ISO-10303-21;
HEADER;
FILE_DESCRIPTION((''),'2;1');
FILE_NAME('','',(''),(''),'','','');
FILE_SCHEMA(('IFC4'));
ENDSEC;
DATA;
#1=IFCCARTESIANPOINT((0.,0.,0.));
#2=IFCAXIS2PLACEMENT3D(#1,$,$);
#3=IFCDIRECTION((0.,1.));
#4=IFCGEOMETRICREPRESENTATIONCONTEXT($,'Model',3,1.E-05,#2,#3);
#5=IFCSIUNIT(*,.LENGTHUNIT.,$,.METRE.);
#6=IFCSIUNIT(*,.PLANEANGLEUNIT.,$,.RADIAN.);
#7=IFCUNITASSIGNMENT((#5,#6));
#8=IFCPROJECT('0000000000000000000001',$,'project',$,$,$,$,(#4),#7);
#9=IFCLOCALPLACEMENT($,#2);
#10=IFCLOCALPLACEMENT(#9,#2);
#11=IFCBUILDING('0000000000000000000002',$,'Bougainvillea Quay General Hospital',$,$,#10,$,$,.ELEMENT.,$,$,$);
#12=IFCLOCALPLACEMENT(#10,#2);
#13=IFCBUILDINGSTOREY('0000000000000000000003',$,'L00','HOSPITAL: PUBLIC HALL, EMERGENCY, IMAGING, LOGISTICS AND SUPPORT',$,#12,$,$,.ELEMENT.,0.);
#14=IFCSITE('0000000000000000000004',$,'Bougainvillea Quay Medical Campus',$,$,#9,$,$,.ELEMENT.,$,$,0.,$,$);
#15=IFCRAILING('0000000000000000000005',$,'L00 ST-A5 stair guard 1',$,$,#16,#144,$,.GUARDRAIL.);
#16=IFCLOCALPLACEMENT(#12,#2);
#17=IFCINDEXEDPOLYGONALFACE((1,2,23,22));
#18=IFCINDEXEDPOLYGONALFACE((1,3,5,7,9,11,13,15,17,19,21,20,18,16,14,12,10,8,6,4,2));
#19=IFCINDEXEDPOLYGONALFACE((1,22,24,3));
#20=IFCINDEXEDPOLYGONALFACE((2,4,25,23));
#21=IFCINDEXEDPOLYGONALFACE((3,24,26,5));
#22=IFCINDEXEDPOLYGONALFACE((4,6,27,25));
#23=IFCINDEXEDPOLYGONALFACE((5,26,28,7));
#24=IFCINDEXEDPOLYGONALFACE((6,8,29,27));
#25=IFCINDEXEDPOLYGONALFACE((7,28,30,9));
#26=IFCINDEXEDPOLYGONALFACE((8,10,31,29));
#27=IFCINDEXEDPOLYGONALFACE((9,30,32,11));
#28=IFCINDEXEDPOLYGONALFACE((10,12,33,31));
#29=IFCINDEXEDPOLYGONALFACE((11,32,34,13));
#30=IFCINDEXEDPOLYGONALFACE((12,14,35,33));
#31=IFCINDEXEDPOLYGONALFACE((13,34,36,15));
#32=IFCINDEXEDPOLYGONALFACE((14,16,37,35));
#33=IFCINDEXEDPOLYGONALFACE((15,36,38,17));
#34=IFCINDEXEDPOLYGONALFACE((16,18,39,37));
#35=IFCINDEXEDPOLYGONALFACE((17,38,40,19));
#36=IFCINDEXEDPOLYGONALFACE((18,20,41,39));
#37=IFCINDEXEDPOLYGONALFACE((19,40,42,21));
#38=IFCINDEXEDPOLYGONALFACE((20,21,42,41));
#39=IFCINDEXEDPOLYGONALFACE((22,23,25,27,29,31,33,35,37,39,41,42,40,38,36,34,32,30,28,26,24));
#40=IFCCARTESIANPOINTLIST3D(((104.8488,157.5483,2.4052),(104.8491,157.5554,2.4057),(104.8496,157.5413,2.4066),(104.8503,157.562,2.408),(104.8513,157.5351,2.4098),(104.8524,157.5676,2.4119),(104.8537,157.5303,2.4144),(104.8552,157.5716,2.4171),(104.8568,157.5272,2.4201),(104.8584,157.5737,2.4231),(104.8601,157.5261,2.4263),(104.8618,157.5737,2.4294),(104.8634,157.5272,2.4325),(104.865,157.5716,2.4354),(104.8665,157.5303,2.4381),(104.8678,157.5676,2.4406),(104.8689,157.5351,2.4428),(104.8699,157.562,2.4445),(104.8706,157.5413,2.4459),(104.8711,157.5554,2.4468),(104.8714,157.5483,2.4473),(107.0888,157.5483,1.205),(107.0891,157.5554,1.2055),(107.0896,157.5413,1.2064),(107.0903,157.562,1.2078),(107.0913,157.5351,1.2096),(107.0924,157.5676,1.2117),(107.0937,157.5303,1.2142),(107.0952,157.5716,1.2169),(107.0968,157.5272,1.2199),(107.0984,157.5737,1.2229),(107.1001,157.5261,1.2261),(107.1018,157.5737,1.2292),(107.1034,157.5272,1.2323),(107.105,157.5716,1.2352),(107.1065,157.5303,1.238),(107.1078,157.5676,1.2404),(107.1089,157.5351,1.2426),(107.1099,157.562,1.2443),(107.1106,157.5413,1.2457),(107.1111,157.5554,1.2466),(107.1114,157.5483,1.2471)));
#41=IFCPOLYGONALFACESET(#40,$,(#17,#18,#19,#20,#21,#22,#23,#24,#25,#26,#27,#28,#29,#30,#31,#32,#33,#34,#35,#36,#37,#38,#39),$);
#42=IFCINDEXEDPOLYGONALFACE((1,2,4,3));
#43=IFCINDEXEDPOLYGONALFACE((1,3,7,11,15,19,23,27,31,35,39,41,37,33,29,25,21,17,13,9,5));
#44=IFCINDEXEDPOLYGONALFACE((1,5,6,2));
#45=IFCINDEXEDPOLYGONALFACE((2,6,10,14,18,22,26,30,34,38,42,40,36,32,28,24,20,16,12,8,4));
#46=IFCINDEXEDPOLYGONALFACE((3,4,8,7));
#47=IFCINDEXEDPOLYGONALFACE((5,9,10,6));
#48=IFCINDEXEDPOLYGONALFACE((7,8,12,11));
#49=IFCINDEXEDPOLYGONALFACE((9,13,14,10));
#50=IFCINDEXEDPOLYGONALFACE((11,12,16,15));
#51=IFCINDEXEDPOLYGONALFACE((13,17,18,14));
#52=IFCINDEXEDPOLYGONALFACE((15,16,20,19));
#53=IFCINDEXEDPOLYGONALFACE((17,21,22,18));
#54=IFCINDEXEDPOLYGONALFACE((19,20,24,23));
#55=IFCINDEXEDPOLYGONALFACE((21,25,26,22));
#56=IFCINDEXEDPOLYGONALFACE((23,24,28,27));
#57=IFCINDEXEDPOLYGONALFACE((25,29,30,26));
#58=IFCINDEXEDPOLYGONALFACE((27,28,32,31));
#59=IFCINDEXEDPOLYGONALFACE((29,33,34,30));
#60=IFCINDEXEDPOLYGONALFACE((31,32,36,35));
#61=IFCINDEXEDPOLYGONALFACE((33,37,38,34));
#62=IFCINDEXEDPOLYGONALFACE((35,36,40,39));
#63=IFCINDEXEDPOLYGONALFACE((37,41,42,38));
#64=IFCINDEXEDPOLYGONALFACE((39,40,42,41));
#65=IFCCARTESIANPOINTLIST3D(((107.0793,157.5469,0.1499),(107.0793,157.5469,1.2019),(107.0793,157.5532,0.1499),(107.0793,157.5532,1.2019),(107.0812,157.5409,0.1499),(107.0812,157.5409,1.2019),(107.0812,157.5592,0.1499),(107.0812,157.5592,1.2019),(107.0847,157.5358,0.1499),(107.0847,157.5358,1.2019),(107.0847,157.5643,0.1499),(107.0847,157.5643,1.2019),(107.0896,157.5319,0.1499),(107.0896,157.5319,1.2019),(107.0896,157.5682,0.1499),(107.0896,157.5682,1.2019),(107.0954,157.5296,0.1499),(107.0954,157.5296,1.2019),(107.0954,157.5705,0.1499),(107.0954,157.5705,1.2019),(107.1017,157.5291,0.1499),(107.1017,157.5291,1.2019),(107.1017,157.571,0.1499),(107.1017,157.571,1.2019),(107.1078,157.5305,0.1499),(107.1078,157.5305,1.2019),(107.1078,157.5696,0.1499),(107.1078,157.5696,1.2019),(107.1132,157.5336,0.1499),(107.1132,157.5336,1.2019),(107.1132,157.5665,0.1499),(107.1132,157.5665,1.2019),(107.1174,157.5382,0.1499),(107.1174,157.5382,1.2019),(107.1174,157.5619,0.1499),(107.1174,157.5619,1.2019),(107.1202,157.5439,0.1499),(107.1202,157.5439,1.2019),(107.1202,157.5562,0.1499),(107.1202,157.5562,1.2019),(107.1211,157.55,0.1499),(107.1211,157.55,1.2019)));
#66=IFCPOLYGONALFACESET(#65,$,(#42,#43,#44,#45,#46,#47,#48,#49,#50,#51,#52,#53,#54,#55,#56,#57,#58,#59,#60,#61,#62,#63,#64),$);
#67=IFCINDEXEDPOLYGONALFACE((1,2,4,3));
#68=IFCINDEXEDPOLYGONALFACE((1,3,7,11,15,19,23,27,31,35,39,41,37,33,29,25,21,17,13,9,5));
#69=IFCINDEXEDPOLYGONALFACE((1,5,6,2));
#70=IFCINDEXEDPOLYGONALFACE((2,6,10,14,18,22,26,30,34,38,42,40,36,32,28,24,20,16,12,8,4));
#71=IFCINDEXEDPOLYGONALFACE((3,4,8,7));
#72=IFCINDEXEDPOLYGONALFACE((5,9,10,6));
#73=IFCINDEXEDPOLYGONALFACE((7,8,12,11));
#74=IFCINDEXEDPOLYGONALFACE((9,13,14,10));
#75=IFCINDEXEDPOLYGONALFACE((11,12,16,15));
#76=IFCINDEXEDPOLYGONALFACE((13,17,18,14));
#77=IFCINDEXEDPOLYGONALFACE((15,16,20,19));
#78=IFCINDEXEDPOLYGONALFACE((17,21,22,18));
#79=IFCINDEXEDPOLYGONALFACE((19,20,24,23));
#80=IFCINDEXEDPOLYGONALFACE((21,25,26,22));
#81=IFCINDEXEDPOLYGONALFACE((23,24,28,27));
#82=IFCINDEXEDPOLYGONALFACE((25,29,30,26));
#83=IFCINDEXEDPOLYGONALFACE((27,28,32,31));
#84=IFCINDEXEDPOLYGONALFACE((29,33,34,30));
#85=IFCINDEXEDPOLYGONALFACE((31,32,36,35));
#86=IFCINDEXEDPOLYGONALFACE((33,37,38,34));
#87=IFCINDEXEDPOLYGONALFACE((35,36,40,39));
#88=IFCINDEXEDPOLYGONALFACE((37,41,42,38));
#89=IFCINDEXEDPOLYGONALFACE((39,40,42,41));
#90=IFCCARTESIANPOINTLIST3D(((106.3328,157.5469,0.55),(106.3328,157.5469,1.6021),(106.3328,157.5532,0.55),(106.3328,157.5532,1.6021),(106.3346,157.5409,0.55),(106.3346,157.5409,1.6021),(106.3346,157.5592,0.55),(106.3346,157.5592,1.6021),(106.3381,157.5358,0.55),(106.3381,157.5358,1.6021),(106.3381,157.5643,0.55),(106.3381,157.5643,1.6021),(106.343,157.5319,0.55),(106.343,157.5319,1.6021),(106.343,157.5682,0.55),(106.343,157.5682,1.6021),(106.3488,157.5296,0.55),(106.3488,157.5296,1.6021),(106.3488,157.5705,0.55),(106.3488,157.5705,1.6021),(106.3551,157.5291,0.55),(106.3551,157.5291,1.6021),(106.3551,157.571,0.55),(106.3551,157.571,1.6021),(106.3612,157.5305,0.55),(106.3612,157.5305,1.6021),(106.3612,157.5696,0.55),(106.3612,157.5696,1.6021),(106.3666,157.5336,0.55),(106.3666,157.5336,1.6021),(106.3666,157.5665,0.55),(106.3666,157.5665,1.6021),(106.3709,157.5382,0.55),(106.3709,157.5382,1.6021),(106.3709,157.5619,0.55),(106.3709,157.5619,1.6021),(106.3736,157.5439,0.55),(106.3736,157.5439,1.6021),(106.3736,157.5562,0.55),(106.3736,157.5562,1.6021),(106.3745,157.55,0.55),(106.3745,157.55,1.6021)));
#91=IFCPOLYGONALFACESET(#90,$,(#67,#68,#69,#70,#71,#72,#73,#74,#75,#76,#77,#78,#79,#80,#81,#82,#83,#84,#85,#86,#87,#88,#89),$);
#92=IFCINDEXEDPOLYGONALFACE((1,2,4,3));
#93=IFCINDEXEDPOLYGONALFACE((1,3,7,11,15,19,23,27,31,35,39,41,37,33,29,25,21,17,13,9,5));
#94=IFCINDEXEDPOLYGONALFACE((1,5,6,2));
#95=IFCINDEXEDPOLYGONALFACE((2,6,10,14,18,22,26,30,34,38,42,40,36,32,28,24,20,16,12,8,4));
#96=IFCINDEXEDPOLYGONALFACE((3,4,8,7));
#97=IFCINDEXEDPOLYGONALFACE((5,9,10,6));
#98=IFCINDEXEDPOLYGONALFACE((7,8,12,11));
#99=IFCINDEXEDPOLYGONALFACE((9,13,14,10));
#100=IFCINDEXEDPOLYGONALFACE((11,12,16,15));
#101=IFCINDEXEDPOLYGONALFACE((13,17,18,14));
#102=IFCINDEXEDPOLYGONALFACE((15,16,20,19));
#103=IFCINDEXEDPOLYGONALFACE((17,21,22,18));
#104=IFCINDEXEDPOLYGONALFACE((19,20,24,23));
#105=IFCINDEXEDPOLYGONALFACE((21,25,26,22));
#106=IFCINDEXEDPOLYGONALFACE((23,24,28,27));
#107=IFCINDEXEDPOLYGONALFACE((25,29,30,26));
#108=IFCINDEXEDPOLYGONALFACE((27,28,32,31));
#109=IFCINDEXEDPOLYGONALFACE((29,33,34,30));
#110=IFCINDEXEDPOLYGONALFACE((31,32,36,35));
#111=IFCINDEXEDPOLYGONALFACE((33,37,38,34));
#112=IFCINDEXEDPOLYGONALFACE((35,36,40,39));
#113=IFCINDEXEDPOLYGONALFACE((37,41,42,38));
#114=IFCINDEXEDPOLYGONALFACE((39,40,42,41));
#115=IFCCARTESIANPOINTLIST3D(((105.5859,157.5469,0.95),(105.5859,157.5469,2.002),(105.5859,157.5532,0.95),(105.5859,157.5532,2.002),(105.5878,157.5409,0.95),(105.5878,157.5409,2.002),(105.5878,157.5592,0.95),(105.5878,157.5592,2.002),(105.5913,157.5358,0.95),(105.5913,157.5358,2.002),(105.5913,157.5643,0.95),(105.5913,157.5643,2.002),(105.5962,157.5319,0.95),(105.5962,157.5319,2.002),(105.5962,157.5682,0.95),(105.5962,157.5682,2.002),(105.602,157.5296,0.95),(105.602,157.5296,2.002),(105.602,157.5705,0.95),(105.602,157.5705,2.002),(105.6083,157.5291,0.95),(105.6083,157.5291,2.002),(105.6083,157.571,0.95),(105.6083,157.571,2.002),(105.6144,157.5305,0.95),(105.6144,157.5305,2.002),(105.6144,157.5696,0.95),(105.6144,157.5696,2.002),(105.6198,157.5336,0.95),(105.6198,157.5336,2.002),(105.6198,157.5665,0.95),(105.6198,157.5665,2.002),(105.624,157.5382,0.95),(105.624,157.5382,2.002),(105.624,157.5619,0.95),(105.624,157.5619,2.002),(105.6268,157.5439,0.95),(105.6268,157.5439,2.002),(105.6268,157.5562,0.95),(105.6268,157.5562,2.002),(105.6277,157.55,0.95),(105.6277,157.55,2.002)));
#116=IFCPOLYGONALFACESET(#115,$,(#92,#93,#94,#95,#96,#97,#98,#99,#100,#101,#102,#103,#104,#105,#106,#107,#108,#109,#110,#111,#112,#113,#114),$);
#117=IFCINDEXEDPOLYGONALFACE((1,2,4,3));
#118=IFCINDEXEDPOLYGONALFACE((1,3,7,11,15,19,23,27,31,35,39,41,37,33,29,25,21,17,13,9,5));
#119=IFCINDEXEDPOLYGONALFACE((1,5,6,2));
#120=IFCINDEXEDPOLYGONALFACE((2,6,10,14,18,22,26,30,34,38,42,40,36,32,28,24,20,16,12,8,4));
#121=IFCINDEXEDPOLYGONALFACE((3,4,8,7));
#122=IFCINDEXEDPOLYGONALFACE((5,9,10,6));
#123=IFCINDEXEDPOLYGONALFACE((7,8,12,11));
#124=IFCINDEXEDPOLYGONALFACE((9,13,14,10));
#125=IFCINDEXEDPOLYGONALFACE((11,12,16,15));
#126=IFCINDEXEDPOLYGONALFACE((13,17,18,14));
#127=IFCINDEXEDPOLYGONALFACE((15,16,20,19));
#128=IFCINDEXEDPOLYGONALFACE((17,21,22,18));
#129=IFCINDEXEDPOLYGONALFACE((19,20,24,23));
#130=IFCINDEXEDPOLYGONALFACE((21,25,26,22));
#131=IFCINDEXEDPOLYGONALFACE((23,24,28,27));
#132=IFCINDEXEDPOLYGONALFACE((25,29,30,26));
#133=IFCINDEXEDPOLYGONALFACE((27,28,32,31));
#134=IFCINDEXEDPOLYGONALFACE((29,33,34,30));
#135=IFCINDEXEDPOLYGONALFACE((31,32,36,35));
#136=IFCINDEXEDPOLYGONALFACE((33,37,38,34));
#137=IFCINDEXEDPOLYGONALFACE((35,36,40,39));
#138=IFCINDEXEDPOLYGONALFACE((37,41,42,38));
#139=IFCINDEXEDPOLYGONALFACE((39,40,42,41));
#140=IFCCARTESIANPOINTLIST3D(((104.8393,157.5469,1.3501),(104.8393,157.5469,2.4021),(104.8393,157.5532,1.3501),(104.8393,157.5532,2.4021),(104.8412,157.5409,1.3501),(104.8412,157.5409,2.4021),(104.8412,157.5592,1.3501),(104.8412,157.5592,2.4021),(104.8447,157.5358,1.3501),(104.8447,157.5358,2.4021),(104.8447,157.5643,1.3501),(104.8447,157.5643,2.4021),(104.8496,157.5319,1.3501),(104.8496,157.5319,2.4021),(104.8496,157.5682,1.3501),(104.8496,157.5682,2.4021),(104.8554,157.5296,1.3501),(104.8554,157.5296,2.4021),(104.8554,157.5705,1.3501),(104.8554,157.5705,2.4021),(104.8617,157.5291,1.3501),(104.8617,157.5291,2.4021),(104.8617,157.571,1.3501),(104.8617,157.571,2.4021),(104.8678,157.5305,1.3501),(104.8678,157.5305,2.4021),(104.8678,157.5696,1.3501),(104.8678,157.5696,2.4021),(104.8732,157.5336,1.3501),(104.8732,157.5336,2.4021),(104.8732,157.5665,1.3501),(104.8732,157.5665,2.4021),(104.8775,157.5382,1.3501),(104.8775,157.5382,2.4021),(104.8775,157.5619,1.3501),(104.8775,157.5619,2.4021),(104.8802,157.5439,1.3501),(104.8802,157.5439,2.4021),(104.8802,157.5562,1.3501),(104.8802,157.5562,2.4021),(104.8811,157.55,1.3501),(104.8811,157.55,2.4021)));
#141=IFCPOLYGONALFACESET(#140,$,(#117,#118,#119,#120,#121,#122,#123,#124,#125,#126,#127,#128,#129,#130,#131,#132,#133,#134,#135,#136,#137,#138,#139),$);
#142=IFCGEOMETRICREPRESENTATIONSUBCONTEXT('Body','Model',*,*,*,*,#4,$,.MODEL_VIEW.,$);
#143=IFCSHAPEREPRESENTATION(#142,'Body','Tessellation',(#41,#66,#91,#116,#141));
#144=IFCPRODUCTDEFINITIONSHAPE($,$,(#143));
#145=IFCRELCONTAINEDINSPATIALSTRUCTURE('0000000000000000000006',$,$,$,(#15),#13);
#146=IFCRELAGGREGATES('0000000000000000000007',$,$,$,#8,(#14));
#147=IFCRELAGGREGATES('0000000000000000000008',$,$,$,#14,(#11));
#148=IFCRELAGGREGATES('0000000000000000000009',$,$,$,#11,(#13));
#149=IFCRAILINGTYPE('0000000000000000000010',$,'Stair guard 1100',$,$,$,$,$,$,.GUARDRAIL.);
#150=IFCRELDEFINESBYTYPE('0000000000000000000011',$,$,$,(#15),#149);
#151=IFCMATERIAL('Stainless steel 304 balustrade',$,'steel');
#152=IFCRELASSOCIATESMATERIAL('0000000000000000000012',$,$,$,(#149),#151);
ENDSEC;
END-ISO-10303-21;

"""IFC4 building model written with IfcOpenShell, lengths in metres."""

from ifc_helpers import new_model, si_unit, direction, frame, origin, origin_2d, place, context, subcontext, project, spatial, circle, extrude, material, type_object, element, save


model = new_model("IFC4")

# Units and contexts
model_context = context("Model", 3, precision=1e-05, world=origin(), true_north=direction((0.0, 1.0)))
body_context = subcontext(model_context, "Body", "Model", "MODEL_VIEW")
ifc_project = project(units=[si_unit("LENGTHUNIT", "METRE"), si_unit("PLANEANGLEUNIT", "RADIAN")], contexts=[model_context])

# Site, building, storey
site_placement = place(None, origin())
site = spatial("IfcSite", under=ifc_project, at=site_placement, Name="Bougainvillea Quay Medical Campus", CompositionType="ELEMENT", RefElevation=0.0)
building_placement = place(site_placement, origin())
building = spatial("IfcBuilding", under=site, at=building_placement, Name="Bougainvillea Quay General Hospital", CompositionType="ELEMENT")
storey_placement = place(building_placement, origin())
storey = spatial("IfcBuildingStorey", under=building, at=storey_placement, Name="L00", Description="HOSPITAL: PUBLIC HALL, EMERGENCY, IMAGING, LOGISTICS AND SUPPORT", CompositionType="ELEMENT", Elevation=0.0)

# Railing
ifc_material_1 = material(Name="Stainless steel 304 balustrade", Category="steel")
railing_type_1 = type_object("IfcRailingType", Name="Stair guard 1100", PredefinedType="GUARDRAIL", material=ifc_material_1)
railing_1_placement = place(storey_placement, frame((107.1001, 157.55, 0.1499)))
element("IfcRailing", 1, at=railing_1_placement, inside=storey, type_object=railing_type_1, Name="L00 ST-A5 stair guard 1", PredefinedType="GUARDRAIL", context=body_context, shape_type="SweptSolid", body=[
    extrude(circle(Radius=0.0239, at=origin_2d()), frame((0.0, 0.0, 1.0762), z_axis=(-0.881447, 0.0, 0.472283), x_axis=(0.0, -1.0, 0.0)), (0.0, 0.0, 1.0), 2.5413),
    extrude(circle(Radius=0.021, at=origin_2d()), origin(), (0.0, 0.0, 1.0), 1.052),
    extrude(circle(Radius=0.021, at=origin_2d()), frame((-0.7466, 0.0, 0.4001)), (0.0, 0.0, 1.0), 1.052),
    extrude(circle(Radius=0.021, at=origin_2d()), frame((-1.4934, 0.0, 0.8)), (0.0, 0.0, 1.0), 1.052),
    extrude(circle(Radius=0.021, at=origin_2d()), frame((-2.24, 0.0, 1.2002)), (0.0, 0.0, 1.0), 1.052),
])

save(model, "model.ifc")
